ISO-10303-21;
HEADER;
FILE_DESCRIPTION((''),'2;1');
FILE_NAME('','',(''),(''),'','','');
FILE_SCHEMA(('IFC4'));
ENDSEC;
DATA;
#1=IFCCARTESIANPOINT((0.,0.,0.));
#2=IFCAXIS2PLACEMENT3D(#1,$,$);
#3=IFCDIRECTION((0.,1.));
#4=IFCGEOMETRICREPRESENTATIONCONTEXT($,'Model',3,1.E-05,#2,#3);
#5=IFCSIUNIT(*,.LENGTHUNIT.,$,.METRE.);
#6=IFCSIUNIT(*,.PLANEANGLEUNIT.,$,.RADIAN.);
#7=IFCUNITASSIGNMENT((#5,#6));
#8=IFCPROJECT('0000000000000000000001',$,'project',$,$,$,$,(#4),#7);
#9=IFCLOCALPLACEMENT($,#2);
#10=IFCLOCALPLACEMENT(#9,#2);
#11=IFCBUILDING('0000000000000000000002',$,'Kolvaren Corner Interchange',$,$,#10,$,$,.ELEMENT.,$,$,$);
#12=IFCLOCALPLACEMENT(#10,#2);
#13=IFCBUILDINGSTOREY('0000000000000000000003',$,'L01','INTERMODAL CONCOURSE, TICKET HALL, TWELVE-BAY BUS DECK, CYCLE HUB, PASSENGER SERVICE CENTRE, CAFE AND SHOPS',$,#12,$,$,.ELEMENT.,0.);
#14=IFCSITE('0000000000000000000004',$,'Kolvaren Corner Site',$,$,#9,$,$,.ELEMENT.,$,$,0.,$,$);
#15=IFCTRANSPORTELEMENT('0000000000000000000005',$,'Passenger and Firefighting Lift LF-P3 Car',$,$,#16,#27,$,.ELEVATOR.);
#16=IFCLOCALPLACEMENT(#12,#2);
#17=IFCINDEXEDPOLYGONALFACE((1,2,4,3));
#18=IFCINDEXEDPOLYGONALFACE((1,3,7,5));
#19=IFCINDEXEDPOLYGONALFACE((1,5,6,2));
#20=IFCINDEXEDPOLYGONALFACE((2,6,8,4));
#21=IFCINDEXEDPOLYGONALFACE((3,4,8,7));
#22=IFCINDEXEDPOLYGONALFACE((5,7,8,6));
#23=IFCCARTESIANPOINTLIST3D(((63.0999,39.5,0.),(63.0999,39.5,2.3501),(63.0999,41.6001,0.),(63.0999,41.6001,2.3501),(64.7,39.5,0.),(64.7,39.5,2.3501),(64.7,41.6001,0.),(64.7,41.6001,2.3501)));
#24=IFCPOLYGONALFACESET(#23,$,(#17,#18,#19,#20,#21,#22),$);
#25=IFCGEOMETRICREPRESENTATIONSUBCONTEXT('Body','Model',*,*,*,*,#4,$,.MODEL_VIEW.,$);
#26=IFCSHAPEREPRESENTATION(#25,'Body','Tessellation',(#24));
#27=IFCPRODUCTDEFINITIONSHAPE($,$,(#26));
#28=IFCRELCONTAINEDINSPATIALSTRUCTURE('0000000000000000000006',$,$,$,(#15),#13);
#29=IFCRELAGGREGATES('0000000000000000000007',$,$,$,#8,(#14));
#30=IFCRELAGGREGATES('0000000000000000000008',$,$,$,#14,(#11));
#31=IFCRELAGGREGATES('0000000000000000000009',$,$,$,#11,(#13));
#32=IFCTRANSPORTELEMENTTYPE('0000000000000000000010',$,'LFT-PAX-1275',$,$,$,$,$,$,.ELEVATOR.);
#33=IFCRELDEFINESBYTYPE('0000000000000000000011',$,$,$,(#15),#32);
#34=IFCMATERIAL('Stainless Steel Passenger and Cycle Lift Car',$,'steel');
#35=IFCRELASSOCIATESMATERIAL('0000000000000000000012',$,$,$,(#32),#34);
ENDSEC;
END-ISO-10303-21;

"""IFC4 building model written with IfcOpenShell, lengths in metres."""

from ifc_helpers import new_model, si_unit, direction, frame, origin, origin_2d, place, context, subcontext, project, spatial, rectangle, extrude, material, type_object, element, save


model = new_model("IFC4")

# Units and contexts
model_context = context("Model", 3, precision=1e-05, world=origin(), true_north=direction((0.0, 1.0)))
body_context = subcontext(model_context, "Body", "Model", "MODEL_VIEW")
ifc_project = project(units=[si_unit("LENGTHUNIT", "METRE"), si_unit("PLANEANGLEUNIT", "RADIAN")], contexts=[model_context])

# Site, building, storey
site_placement = place(None, origin())
site = spatial("IfcSite", under=ifc_project, at=site_placement, Name="Kolvaren Corner Site", CompositionType="ELEMENT", RefElevation=0.0)
building_placement = place(site_placement, origin())
building = spatial("IfcBuilding", under=site, at=building_placement, Name="Kolvaren Corner Interchange", CompositionType="ELEMENT")
storey_placement = place(building_placement, origin())
storey = spatial("IfcBuildingStorey", under=building, at=storey_placement, Name="L01", Description="INTERMODAL CONCOURSE, TICKET HALL, TWELVE-BAY BUS DECK, CYCLE HUB, PASSENGER SERVICE CENTRE, CAFE AND SHOPS", CompositionType="ELEMENT", Elevation=0.0)

# Transport element
ifc_material_1 = material(Name="Stainless Steel Passenger and Cycle Lift Car", Category="steel")
transport_element_type = type_object("IfcTransportElementType", Name="LFT-PAX-1275", PredefinedType="ELEVATOR", material=ifc_material_1)
transport_element_placement = place(storey_placement, frame((63.8999, 40.55, 0.0), z_axis=(0.0, 0.0, 1.0), x_axis=(1.0, 0.0, 0.0)))
element("IfcTransportElement", 1, at=transport_element_placement, inside=storey, type_object=transport_element_type, Name="Passenger and Firefighting Lift LF-P3 Car", PredefinedType="ELEVATOR", context=body_context, shape_type="SweptSolid", body=[
    extrude(rectangle(XDim=1.6001, YDim=2.1001, at=origin_2d()), origin(), (0.0, 0.0, 1.0), 2.3501),
])

save(model, "model.ifc")
